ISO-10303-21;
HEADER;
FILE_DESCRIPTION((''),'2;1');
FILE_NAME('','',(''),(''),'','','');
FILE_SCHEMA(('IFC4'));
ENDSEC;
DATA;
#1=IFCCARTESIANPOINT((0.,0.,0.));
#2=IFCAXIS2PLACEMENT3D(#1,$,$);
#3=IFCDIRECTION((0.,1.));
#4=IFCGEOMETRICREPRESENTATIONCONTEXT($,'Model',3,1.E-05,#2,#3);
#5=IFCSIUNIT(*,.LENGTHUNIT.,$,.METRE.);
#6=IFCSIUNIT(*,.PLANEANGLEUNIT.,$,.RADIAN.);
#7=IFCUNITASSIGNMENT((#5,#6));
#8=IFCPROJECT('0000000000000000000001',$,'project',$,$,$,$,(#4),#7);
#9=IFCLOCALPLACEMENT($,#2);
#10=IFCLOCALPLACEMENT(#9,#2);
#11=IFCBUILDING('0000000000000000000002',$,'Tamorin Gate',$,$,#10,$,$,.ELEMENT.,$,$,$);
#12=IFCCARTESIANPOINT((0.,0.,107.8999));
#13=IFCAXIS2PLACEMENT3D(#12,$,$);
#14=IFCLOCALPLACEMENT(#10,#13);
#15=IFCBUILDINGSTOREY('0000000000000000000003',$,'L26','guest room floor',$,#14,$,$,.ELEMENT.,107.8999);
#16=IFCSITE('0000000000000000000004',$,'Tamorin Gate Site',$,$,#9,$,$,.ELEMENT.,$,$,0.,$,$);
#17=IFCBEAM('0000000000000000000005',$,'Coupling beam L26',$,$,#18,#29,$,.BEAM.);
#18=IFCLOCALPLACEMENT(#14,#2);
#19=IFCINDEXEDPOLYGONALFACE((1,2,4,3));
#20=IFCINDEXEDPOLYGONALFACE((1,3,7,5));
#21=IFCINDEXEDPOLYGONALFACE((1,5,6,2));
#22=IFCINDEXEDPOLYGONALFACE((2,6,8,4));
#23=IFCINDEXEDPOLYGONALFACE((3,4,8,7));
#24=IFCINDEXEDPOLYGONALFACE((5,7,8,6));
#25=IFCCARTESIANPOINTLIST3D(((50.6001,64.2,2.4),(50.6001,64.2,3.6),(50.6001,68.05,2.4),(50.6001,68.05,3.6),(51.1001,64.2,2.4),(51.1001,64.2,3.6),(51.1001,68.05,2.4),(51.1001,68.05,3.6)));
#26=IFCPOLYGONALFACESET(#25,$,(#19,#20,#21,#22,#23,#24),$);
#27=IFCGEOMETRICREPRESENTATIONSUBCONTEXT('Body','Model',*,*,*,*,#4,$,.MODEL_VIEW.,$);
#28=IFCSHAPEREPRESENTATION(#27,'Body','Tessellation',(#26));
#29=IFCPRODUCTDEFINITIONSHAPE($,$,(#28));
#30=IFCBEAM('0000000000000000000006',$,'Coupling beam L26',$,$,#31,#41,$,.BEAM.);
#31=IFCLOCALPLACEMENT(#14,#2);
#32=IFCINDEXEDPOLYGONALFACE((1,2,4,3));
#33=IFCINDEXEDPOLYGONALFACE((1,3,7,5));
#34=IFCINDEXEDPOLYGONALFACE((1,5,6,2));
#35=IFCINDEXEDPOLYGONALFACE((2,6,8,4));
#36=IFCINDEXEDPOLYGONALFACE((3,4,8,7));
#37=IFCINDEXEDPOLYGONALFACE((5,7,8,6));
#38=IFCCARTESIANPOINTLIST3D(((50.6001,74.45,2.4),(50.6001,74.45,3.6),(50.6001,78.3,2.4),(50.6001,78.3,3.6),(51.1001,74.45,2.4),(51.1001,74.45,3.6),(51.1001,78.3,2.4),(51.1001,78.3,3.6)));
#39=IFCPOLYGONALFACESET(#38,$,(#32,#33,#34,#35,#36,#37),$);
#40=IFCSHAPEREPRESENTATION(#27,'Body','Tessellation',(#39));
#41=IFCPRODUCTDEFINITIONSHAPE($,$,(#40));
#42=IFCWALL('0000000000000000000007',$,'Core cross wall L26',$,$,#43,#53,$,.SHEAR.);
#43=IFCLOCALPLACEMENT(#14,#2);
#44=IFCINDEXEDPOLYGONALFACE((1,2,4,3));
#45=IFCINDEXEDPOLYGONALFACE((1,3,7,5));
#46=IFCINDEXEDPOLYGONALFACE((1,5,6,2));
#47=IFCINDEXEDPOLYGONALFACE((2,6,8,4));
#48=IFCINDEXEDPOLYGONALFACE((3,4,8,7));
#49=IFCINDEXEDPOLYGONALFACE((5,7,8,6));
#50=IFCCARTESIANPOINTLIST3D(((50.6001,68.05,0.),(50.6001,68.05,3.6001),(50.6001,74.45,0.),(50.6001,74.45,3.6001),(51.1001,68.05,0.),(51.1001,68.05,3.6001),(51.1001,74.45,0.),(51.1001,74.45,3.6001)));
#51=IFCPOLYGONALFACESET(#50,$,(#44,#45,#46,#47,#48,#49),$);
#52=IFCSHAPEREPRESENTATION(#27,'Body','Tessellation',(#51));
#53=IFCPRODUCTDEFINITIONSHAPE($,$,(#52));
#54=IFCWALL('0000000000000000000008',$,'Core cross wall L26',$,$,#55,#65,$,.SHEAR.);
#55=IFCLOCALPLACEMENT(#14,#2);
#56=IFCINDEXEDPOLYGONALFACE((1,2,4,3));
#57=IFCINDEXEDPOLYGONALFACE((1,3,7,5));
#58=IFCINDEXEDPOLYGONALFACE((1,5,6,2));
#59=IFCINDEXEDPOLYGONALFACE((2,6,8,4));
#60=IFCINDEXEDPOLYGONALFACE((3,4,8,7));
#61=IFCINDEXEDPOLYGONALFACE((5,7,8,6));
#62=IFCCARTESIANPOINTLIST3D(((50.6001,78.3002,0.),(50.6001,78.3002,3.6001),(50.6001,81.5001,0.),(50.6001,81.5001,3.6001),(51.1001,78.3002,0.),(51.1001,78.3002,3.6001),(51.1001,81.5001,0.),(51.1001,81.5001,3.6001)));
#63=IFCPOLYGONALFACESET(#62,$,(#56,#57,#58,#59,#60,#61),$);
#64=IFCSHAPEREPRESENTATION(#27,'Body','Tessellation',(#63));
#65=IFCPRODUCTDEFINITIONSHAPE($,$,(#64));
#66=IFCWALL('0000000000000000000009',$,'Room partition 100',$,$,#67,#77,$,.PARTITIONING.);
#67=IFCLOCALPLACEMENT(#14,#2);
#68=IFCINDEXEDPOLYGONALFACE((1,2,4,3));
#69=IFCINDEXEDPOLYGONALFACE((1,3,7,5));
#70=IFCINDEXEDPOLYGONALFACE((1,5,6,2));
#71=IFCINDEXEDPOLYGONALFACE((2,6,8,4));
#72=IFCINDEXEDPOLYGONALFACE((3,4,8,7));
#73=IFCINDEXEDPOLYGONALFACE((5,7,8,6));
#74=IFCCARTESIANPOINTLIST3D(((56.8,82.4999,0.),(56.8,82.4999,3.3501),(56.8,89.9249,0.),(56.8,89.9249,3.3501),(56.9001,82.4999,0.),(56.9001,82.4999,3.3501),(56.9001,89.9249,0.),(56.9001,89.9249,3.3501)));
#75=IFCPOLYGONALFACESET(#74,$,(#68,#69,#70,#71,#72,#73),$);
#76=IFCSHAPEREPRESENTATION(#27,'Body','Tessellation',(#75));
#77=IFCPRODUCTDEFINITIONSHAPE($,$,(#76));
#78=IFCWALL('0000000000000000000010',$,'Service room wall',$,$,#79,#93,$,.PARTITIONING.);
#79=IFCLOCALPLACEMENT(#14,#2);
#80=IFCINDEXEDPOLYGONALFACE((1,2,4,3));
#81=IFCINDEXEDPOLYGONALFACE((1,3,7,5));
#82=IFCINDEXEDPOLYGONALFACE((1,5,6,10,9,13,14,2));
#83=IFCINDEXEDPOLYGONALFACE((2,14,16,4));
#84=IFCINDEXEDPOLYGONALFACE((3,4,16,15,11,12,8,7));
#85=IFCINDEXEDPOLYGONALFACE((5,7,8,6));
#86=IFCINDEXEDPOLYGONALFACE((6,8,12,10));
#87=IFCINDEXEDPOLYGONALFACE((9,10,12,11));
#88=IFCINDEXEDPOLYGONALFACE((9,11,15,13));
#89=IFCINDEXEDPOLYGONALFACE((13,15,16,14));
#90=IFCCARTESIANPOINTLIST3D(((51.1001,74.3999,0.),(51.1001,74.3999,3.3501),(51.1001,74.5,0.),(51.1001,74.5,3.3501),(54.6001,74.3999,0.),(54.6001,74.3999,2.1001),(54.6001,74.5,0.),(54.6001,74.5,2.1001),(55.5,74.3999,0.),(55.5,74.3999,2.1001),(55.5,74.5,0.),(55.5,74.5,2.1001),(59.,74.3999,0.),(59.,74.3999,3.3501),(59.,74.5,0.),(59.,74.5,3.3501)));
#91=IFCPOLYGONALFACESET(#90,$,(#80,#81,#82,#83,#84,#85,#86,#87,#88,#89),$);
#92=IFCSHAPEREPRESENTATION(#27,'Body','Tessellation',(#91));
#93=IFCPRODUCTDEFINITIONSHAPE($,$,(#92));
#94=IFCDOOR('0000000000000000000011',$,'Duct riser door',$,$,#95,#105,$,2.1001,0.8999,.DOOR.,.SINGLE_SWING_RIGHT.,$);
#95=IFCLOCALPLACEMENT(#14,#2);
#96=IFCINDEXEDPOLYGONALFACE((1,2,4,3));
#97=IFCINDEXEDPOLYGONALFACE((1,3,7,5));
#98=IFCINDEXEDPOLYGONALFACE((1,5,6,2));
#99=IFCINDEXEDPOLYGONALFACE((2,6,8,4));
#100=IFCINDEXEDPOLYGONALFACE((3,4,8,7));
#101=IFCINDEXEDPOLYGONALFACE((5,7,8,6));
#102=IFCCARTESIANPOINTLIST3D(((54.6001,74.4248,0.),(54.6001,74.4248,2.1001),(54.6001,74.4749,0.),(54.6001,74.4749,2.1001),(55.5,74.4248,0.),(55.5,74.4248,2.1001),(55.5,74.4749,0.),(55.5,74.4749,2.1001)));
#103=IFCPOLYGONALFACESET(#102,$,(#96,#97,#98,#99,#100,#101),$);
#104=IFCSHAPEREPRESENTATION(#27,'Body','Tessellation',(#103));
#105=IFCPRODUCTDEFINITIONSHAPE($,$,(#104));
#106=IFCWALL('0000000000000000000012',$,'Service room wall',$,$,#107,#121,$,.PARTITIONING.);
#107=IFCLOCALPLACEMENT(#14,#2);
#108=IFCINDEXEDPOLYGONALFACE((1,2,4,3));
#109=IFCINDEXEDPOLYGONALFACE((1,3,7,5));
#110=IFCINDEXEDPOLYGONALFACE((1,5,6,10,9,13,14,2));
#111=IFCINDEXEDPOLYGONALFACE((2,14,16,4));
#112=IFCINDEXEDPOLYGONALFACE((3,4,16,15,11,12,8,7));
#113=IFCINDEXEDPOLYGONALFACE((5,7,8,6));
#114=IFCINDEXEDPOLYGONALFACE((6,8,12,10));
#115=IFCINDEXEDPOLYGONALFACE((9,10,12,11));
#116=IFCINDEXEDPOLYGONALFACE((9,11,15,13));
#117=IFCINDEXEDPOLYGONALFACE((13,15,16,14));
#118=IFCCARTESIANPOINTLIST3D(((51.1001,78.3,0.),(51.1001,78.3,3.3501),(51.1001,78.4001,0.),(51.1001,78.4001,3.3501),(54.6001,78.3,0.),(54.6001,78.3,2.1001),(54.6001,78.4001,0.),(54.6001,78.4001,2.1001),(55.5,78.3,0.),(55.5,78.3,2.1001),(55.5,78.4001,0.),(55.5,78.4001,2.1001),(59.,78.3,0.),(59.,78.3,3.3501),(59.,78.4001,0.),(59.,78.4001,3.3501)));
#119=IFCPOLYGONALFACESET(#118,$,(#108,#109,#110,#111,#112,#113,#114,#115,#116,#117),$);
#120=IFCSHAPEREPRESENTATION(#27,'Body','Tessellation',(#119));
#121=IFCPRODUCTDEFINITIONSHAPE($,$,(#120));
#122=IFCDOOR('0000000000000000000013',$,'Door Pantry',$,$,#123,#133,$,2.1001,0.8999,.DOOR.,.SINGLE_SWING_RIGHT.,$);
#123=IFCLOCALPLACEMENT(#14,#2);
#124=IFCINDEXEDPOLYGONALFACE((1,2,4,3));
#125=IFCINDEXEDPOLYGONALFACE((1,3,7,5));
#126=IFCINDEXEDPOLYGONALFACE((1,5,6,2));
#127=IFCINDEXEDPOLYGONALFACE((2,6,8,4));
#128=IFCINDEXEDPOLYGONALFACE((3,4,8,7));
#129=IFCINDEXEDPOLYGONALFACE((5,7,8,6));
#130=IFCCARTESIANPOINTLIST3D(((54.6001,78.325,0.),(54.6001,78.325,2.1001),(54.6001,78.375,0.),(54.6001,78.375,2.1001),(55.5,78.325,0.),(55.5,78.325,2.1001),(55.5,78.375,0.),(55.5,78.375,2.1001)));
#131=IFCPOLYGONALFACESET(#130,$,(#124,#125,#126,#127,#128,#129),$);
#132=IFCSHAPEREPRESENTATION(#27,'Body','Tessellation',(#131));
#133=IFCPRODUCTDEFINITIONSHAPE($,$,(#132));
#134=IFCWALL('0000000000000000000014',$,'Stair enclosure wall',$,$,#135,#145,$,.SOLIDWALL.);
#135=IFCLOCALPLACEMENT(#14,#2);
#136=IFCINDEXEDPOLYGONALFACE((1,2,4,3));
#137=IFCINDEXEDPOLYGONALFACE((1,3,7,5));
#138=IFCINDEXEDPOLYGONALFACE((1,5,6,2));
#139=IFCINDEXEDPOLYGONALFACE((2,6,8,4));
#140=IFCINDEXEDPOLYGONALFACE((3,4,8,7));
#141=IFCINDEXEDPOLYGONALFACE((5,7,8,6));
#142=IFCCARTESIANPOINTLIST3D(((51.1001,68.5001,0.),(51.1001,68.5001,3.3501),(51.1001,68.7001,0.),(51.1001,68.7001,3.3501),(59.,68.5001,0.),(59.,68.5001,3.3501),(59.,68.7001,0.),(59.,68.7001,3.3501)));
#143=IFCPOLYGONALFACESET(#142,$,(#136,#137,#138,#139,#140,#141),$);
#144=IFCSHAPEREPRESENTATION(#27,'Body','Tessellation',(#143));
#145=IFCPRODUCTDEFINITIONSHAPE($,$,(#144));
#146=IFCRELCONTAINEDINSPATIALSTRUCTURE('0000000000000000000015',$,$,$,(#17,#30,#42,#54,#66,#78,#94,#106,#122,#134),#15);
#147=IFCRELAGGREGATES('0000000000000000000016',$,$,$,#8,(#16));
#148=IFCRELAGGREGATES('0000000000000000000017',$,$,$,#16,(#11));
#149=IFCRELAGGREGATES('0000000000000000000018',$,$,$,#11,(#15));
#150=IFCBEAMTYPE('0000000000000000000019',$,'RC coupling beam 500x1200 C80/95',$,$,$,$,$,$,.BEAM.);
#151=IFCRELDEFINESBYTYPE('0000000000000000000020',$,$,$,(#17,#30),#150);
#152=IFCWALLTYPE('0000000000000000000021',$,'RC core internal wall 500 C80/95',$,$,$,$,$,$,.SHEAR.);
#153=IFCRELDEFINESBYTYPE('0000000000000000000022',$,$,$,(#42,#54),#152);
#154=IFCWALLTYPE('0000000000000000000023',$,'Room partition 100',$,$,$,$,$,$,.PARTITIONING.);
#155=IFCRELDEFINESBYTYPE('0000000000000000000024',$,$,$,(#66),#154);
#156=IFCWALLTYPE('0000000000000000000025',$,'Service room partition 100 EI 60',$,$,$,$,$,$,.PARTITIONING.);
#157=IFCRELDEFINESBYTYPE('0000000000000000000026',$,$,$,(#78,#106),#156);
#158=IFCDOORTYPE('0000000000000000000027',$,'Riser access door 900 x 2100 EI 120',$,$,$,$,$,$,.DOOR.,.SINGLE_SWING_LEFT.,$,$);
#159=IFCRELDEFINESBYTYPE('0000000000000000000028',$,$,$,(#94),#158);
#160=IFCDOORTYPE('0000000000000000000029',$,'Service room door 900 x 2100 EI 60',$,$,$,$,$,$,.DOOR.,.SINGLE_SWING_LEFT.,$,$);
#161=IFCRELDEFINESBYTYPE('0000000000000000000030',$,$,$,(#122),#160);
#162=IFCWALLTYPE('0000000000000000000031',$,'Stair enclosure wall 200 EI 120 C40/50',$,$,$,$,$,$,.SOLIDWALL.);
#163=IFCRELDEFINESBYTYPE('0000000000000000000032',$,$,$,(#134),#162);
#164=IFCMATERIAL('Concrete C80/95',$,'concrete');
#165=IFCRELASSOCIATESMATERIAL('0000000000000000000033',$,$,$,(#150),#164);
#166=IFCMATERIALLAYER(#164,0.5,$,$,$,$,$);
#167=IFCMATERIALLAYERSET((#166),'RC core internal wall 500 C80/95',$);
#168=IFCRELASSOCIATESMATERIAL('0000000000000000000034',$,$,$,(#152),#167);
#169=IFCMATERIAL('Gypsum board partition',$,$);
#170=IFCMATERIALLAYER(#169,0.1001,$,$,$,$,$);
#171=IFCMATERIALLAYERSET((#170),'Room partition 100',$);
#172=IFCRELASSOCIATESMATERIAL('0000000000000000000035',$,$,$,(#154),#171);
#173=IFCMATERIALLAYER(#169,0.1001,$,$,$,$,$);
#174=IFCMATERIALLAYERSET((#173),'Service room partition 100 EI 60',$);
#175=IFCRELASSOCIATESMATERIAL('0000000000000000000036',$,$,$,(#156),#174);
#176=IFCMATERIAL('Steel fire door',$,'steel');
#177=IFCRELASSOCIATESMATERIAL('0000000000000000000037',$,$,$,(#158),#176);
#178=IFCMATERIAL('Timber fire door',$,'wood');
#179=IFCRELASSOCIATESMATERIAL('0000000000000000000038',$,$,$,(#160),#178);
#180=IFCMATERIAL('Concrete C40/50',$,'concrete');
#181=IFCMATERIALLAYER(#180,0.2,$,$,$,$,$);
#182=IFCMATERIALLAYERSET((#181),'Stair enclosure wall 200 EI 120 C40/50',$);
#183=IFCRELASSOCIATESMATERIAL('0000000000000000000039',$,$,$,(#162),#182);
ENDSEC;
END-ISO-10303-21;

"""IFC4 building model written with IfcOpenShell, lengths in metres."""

from ifc_helpers import new_model, si_unit, direction, frame, frame_2d, origin, origin_2d, place, context, subcontext, project, spatial, rectangle, extrude, material, layer, layer_set, material_profile, profile_set, type_object, element, fill, save


model = new_model("IFC4")

# Units and contexts
model_context = context("Model", 3, precision=1e-05, world=origin(), true_north=direction((0.0, 1.0)))
body_context = subcontext(model_context, "Body", "Model", "MODEL_VIEW")
ifc_project = project(units=[si_unit("LENGTHUNIT", "METRE"), si_unit("PLANEANGLEUNIT", "RADIAN")], contexts=[model_context])

# Site, building, storey
site_placement = place(None, origin())
site = spatial("IfcSite", under=ifc_project, at=site_placement, Name="Tamorin Gate Site", CompositionType="ELEMENT", RefElevation=0.0)
building_placement = place(site_placement, origin())
building = spatial("IfcBuilding", under=site, at=building_placement, Name="Tamorin Gate", CompositionType="ELEMENT")
storey_placement = place(building_placement, frame((0.0, 0.0, 107.8999)))
storey = spatial("IfcBuildingStorey", under=building, at=storey_placement, Name="L26", Description="guest room floor", CompositionType="ELEMENT", Elevation=107.8999)

# Beams
ifc_material_1 = material(Name="Concrete C80/95", Category="concrete")
ifc_material_profile = material_profile(ifc_material_1, rectangle(XDim=0.5, YDim=1.2, at=origin_2d()), Name="RC 500x1200")
ifc_profile_set = profile_set([ifc_material_profile], Name="Concrete C80/95")
beam_type = type_object("IfcBeamType", Name="RC coupling beam 500x1200 C80/95", PredefinedType="BEAM", material=ifc_profile_set)
for number, where, z_axis, x_axis, name in (
    (1, (50.8501, 64.2, 3.0), (0.0, 1.0, 0.0), (-1.0, 0.0, 0.0), "Coupling beam L26"),
    (2, (50.8501, 74.45, 3.0), (0.0, 1.0, 0.0), (-1.0, 0.0, 0.0), "Coupling beam L26"),
):
    element("IfcBeam", number, at=place(storey_placement, frame(where, z_axis=z_axis, x_axis=x_axis)), inside=storey, type_object=beam_type, Name=name, PredefinedType="BEAM", context=body_context, shape_type="SweptSolid", body=[
        extrude(rectangle(XDim=0.5, YDim=1.2, at=origin_2d()), origin(), (0.0, 0.0, 1.0), 3.8501),
    ])

# Walls
ifc_layer_1 = layer(ifc_material_1, 0.5)
ifc_layer_set_1 = layer_set([ifc_layer_1], Name="RC core internal wall 500 C80/95")
wall_type_1 = type_object("IfcWallType", Name="RC core internal wall 500 C80/95", PredefinedType="SHEAR", material=ifc_layer_set_1)
wall_1_placement = place(storey_placement, frame((50.8501, 68.05, 0.0), z_axis=(0.0, 0.0, 1.0), x_axis=(0.0, 1.0, 0.0)))
element("IfcWall", 3, at=wall_1_placement, inside=storey, type_object=wall_type_1, Name="Core cross wall L26", PredefinedType="SHEAR", context=body_context, shape_type="SweptSolid", body=[
    extrude(rectangle(XDim=6.3999, YDim=0.5, at=frame_2d((3.2, 0.0))), origin(), (0.0, 0.0, 1.0), 3.6001),
])
wall_2_placement = place(storey_placement, frame((50.8501, 78.3, 0.0), z_axis=(0.0, 0.0, 1.0), x_axis=(0.0, 1.0, 0.0)))
element("IfcWall", 4, at=wall_2_placement, inside=storey, type_object=wall_type_1, Name="Core cross wall L26", PredefinedType="SHEAR", context=body_context, shape_type="SweptSolid", body=[
    extrude(rectangle(XDim=3.2, YDim=0.5, at=frame_2d((1.6001, 0.0))), origin(), (0.0, 0.0, 1.0), 3.6001),
])
ifc_material_2 = material(Name="Gypsum board partition")
ifc_layer_2 = layer(ifc_material_2, 0.1001)
ifc_layer_set_2 = layer_set([ifc_layer_2], Name="Room partition 100")
wall_type_2 = type_object("IfcWallType", Name="Room partition 100", PredefinedType="PARTITIONING", material=ifc_layer_set_2)
wall_3_placement = place(storey_placement, frame((56.8501, 82.5, 0.0), z_axis=(0.0, 0.0, 1.0), x_axis=(0.0, 1.0, 0.0)))
element("IfcWall", 5, at=wall_3_placement, inside=storey, type_object=wall_type_2, Name="Room partition 100", PredefinedType="PARTITIONING", context=body_context, shape_type="SweptSolid", body=[
    extrude(rectangle(XDim=7.425, YDim=0.1001, at=frame_2d((3.7124, 0.0))), origin(), (0.0, 0.0, 1.0), 3.3501),
])

# Walls, openings, doors
ifc_layer_3 = layer(ifc_material_2, 0.1001)
ifc_layer_set_3 = layer_set([ifc_layer_3], Name="Service room partition 100 EI 60")
wall_type_3 = type_object("IfcWallType", Name="Service room partition 100 EI 60", PredefinedType="PARTITIONING", material=ifc_layer_set_3)
wall_4_placement = place(storey_placement, frame((51.1001, 74.45, 0.0), z_axis=(0.0, 0.0, 1.0), x_axis=(1.0, 0.0, 0.0)))
wall_4 = element("IfcWall", 6, at=wall_4_placement, inside=storey, type_object=wall_type_3, Name="Service room wall", PredefinedType="PARTITIONING", context=body_context, shape_type="SweptSolid", body=[
    extrude(rectangle(XDim=7.8999, YDim=0.1001, at=frame_2d((3.95, 0.0))), origin(), (0.0, 0.0, 1.0), 3.3501),
])
opening_1_placement = place(wall_4_placement, frame((3.5, 0.0, 0.0)))
opening_1 = element("IfcOpeningElement", 7, at=opening_1_placement, cuts=wall_4, PredefinedType="OPENING", context=body_context, shape_type="SweptSolid", body=[
    extrude(rectangle(XDim=0.8999, YDim=2.1001, at=frame_2d((0.45, 1.05))), frame((0.0, 0.0601, 0.0), z_axis=(0.0, -1.0, 0.0), x_axis=(1.0, 0.0, 0.0)), (0.0, 0.0, 1.0), 0.1201),
])
ifc_material_3 = material(Name="Steel fire door", Category="steel")
door_type_1 = type_object("IfcDoorType", Name="Riser access door 900 x 2100 EI 120", OperationType="SINGLE_SWING_LEFT", PredefinedType="DOOR", material=ifc_material_3)
door_1_placement = place(opening_1_placement, origin())
door_1 = element("IfcDoor", 8, at=door_1_placement, inside=storey, type_object=door_type_1, Name="Duct riser door", OperationType="SINGLE_SWING_RIGHT", OverallHeight=2.1001, OverallWidth=0.8999, PredefinedType="DOOR", context=body_context, shape_type="SweptSolid", body=[
    extrude(rectangle(XDim=0.8999, YDim=2.1001, at=frame_2d((0.45, 1.05))), frame((0.0, 0.0249, 0.0), z_axis=(0.0, -1.0, 0.0), x_axis=(1.0, 0.0, 0.0)), (0.0, 0.0, 1.0), 0.05),
])
fill(opening_1, door_1)
wall_5_placement = place(storey_placement, frame((51.1001, 78.3501, 0.0), z_axis=(0.0, 0.0, 1.0), x_axis=(1.0, 0.0, 0.0)))
wall_5 = element("IfcWall", 9, at=wall_5_placement, inside=storey, type_object=wall_type_3, Name="Service room wall", PredefinedType="PARTITIONING", context=body_context, shape_type="SweptSolid", body=[
    extrude(rectangle(XDim=7.8999, YDim=0.1001, at=frame_2d((3.95, 0.0))), origin(), (0.0, 0.0, 1.0), 3.3501),
])
opening_2_placement = place(wall_5_placement, frame((3.5, 0.0, 0.0)))
opening_2 = element("IfcOpeningElement", 10, at=opening_2_placement, cuts=wall_5, PredefinedType="OPENING", context=body_context, shape_type="SweptSolid", body=[
    extrude(rectangle(XDim=0.8999, YDim=2.1001, at=frame_2d((0.45, 1.05))), frame((0.0, 0.0601, 0.0), z_axis=(0.0, -1.0, 0.0), x_axis=(1.0, 0.0, 0.0)), (0.0, 0.0, 1.0), 0.1201),
])
ifc_material_4 = material(Name="Timber fire door", Category="wood")
door_type_2 = type_object("IfcDoorType", Name="Service room door 900 x 2100 EI 60", OperationType="SINGLE_SWING_LEFT", PredefinedType="DOOR", material=ifc_material_4)
door_2_placement = place(opening_2_placement, origin())
door_2 = element("IfcDoor", 11, at=door_2_placement, inside=storey, type_object=door_type_2, Name="Door Pantry", OperationType="SINGLE_SWING_RIGHT", OverallHeight=2.1001, OverallWidth=0.8999, PredefinedType="DOOR", context=body_context, shape_type="SweptSolid", body=[
    extrude(rectangle(XDim=0.8999, YDim=2.1001, at=frame_2d((0.45, 1.05))), frame((0.0, 0.0249, 0.0), z_axis=(0.0, -1.0, 0.0), x_axis=(1.0, 0.0, 0.0)), (0.0, 0.0, 1.0), 0.05),
])
fill(opening_2, door_2)

# Wall
ifc_material_5 = material(Name="Concrete C40/50", Category="concrete")
ifc_layer_4 = layer(ifc_material_5, 0.2)
ifc_layer_set_4 = layer_set([ifc_layer_4], Name="Stair enclosure wall 200 EI 120 C40/50")
wall_type_4 = type_object("IfcWallType", Name="Stair enclosure wall 200 EI 120 C40/50", PredefinedType="SOLIDWALL", material=ifc_layer_set_4)
wall_6_placement = place(storey_placement, frame((51.1001, 68.6001, 0.0), z_axis=(0.0, 0.0, 1.0), x_axis=(1.0, 0.0, 0.0)))
element("IfcWall", 12, at=wall_6_placement, inside=storey, type_object=wall_type_4, Name="Stair enclosure wall", PredefinedType="SOLIDWALL", context=body_context, shape_type="SweptSolid", body=[
    extrude(rectangle(XDim=7.8999, YDim=0.2, at=frame_2d((3.95, 0.0))), origin(), (0.0, 0.0, 1.0), 3.3501),
])

save(model, "model.ifc")
